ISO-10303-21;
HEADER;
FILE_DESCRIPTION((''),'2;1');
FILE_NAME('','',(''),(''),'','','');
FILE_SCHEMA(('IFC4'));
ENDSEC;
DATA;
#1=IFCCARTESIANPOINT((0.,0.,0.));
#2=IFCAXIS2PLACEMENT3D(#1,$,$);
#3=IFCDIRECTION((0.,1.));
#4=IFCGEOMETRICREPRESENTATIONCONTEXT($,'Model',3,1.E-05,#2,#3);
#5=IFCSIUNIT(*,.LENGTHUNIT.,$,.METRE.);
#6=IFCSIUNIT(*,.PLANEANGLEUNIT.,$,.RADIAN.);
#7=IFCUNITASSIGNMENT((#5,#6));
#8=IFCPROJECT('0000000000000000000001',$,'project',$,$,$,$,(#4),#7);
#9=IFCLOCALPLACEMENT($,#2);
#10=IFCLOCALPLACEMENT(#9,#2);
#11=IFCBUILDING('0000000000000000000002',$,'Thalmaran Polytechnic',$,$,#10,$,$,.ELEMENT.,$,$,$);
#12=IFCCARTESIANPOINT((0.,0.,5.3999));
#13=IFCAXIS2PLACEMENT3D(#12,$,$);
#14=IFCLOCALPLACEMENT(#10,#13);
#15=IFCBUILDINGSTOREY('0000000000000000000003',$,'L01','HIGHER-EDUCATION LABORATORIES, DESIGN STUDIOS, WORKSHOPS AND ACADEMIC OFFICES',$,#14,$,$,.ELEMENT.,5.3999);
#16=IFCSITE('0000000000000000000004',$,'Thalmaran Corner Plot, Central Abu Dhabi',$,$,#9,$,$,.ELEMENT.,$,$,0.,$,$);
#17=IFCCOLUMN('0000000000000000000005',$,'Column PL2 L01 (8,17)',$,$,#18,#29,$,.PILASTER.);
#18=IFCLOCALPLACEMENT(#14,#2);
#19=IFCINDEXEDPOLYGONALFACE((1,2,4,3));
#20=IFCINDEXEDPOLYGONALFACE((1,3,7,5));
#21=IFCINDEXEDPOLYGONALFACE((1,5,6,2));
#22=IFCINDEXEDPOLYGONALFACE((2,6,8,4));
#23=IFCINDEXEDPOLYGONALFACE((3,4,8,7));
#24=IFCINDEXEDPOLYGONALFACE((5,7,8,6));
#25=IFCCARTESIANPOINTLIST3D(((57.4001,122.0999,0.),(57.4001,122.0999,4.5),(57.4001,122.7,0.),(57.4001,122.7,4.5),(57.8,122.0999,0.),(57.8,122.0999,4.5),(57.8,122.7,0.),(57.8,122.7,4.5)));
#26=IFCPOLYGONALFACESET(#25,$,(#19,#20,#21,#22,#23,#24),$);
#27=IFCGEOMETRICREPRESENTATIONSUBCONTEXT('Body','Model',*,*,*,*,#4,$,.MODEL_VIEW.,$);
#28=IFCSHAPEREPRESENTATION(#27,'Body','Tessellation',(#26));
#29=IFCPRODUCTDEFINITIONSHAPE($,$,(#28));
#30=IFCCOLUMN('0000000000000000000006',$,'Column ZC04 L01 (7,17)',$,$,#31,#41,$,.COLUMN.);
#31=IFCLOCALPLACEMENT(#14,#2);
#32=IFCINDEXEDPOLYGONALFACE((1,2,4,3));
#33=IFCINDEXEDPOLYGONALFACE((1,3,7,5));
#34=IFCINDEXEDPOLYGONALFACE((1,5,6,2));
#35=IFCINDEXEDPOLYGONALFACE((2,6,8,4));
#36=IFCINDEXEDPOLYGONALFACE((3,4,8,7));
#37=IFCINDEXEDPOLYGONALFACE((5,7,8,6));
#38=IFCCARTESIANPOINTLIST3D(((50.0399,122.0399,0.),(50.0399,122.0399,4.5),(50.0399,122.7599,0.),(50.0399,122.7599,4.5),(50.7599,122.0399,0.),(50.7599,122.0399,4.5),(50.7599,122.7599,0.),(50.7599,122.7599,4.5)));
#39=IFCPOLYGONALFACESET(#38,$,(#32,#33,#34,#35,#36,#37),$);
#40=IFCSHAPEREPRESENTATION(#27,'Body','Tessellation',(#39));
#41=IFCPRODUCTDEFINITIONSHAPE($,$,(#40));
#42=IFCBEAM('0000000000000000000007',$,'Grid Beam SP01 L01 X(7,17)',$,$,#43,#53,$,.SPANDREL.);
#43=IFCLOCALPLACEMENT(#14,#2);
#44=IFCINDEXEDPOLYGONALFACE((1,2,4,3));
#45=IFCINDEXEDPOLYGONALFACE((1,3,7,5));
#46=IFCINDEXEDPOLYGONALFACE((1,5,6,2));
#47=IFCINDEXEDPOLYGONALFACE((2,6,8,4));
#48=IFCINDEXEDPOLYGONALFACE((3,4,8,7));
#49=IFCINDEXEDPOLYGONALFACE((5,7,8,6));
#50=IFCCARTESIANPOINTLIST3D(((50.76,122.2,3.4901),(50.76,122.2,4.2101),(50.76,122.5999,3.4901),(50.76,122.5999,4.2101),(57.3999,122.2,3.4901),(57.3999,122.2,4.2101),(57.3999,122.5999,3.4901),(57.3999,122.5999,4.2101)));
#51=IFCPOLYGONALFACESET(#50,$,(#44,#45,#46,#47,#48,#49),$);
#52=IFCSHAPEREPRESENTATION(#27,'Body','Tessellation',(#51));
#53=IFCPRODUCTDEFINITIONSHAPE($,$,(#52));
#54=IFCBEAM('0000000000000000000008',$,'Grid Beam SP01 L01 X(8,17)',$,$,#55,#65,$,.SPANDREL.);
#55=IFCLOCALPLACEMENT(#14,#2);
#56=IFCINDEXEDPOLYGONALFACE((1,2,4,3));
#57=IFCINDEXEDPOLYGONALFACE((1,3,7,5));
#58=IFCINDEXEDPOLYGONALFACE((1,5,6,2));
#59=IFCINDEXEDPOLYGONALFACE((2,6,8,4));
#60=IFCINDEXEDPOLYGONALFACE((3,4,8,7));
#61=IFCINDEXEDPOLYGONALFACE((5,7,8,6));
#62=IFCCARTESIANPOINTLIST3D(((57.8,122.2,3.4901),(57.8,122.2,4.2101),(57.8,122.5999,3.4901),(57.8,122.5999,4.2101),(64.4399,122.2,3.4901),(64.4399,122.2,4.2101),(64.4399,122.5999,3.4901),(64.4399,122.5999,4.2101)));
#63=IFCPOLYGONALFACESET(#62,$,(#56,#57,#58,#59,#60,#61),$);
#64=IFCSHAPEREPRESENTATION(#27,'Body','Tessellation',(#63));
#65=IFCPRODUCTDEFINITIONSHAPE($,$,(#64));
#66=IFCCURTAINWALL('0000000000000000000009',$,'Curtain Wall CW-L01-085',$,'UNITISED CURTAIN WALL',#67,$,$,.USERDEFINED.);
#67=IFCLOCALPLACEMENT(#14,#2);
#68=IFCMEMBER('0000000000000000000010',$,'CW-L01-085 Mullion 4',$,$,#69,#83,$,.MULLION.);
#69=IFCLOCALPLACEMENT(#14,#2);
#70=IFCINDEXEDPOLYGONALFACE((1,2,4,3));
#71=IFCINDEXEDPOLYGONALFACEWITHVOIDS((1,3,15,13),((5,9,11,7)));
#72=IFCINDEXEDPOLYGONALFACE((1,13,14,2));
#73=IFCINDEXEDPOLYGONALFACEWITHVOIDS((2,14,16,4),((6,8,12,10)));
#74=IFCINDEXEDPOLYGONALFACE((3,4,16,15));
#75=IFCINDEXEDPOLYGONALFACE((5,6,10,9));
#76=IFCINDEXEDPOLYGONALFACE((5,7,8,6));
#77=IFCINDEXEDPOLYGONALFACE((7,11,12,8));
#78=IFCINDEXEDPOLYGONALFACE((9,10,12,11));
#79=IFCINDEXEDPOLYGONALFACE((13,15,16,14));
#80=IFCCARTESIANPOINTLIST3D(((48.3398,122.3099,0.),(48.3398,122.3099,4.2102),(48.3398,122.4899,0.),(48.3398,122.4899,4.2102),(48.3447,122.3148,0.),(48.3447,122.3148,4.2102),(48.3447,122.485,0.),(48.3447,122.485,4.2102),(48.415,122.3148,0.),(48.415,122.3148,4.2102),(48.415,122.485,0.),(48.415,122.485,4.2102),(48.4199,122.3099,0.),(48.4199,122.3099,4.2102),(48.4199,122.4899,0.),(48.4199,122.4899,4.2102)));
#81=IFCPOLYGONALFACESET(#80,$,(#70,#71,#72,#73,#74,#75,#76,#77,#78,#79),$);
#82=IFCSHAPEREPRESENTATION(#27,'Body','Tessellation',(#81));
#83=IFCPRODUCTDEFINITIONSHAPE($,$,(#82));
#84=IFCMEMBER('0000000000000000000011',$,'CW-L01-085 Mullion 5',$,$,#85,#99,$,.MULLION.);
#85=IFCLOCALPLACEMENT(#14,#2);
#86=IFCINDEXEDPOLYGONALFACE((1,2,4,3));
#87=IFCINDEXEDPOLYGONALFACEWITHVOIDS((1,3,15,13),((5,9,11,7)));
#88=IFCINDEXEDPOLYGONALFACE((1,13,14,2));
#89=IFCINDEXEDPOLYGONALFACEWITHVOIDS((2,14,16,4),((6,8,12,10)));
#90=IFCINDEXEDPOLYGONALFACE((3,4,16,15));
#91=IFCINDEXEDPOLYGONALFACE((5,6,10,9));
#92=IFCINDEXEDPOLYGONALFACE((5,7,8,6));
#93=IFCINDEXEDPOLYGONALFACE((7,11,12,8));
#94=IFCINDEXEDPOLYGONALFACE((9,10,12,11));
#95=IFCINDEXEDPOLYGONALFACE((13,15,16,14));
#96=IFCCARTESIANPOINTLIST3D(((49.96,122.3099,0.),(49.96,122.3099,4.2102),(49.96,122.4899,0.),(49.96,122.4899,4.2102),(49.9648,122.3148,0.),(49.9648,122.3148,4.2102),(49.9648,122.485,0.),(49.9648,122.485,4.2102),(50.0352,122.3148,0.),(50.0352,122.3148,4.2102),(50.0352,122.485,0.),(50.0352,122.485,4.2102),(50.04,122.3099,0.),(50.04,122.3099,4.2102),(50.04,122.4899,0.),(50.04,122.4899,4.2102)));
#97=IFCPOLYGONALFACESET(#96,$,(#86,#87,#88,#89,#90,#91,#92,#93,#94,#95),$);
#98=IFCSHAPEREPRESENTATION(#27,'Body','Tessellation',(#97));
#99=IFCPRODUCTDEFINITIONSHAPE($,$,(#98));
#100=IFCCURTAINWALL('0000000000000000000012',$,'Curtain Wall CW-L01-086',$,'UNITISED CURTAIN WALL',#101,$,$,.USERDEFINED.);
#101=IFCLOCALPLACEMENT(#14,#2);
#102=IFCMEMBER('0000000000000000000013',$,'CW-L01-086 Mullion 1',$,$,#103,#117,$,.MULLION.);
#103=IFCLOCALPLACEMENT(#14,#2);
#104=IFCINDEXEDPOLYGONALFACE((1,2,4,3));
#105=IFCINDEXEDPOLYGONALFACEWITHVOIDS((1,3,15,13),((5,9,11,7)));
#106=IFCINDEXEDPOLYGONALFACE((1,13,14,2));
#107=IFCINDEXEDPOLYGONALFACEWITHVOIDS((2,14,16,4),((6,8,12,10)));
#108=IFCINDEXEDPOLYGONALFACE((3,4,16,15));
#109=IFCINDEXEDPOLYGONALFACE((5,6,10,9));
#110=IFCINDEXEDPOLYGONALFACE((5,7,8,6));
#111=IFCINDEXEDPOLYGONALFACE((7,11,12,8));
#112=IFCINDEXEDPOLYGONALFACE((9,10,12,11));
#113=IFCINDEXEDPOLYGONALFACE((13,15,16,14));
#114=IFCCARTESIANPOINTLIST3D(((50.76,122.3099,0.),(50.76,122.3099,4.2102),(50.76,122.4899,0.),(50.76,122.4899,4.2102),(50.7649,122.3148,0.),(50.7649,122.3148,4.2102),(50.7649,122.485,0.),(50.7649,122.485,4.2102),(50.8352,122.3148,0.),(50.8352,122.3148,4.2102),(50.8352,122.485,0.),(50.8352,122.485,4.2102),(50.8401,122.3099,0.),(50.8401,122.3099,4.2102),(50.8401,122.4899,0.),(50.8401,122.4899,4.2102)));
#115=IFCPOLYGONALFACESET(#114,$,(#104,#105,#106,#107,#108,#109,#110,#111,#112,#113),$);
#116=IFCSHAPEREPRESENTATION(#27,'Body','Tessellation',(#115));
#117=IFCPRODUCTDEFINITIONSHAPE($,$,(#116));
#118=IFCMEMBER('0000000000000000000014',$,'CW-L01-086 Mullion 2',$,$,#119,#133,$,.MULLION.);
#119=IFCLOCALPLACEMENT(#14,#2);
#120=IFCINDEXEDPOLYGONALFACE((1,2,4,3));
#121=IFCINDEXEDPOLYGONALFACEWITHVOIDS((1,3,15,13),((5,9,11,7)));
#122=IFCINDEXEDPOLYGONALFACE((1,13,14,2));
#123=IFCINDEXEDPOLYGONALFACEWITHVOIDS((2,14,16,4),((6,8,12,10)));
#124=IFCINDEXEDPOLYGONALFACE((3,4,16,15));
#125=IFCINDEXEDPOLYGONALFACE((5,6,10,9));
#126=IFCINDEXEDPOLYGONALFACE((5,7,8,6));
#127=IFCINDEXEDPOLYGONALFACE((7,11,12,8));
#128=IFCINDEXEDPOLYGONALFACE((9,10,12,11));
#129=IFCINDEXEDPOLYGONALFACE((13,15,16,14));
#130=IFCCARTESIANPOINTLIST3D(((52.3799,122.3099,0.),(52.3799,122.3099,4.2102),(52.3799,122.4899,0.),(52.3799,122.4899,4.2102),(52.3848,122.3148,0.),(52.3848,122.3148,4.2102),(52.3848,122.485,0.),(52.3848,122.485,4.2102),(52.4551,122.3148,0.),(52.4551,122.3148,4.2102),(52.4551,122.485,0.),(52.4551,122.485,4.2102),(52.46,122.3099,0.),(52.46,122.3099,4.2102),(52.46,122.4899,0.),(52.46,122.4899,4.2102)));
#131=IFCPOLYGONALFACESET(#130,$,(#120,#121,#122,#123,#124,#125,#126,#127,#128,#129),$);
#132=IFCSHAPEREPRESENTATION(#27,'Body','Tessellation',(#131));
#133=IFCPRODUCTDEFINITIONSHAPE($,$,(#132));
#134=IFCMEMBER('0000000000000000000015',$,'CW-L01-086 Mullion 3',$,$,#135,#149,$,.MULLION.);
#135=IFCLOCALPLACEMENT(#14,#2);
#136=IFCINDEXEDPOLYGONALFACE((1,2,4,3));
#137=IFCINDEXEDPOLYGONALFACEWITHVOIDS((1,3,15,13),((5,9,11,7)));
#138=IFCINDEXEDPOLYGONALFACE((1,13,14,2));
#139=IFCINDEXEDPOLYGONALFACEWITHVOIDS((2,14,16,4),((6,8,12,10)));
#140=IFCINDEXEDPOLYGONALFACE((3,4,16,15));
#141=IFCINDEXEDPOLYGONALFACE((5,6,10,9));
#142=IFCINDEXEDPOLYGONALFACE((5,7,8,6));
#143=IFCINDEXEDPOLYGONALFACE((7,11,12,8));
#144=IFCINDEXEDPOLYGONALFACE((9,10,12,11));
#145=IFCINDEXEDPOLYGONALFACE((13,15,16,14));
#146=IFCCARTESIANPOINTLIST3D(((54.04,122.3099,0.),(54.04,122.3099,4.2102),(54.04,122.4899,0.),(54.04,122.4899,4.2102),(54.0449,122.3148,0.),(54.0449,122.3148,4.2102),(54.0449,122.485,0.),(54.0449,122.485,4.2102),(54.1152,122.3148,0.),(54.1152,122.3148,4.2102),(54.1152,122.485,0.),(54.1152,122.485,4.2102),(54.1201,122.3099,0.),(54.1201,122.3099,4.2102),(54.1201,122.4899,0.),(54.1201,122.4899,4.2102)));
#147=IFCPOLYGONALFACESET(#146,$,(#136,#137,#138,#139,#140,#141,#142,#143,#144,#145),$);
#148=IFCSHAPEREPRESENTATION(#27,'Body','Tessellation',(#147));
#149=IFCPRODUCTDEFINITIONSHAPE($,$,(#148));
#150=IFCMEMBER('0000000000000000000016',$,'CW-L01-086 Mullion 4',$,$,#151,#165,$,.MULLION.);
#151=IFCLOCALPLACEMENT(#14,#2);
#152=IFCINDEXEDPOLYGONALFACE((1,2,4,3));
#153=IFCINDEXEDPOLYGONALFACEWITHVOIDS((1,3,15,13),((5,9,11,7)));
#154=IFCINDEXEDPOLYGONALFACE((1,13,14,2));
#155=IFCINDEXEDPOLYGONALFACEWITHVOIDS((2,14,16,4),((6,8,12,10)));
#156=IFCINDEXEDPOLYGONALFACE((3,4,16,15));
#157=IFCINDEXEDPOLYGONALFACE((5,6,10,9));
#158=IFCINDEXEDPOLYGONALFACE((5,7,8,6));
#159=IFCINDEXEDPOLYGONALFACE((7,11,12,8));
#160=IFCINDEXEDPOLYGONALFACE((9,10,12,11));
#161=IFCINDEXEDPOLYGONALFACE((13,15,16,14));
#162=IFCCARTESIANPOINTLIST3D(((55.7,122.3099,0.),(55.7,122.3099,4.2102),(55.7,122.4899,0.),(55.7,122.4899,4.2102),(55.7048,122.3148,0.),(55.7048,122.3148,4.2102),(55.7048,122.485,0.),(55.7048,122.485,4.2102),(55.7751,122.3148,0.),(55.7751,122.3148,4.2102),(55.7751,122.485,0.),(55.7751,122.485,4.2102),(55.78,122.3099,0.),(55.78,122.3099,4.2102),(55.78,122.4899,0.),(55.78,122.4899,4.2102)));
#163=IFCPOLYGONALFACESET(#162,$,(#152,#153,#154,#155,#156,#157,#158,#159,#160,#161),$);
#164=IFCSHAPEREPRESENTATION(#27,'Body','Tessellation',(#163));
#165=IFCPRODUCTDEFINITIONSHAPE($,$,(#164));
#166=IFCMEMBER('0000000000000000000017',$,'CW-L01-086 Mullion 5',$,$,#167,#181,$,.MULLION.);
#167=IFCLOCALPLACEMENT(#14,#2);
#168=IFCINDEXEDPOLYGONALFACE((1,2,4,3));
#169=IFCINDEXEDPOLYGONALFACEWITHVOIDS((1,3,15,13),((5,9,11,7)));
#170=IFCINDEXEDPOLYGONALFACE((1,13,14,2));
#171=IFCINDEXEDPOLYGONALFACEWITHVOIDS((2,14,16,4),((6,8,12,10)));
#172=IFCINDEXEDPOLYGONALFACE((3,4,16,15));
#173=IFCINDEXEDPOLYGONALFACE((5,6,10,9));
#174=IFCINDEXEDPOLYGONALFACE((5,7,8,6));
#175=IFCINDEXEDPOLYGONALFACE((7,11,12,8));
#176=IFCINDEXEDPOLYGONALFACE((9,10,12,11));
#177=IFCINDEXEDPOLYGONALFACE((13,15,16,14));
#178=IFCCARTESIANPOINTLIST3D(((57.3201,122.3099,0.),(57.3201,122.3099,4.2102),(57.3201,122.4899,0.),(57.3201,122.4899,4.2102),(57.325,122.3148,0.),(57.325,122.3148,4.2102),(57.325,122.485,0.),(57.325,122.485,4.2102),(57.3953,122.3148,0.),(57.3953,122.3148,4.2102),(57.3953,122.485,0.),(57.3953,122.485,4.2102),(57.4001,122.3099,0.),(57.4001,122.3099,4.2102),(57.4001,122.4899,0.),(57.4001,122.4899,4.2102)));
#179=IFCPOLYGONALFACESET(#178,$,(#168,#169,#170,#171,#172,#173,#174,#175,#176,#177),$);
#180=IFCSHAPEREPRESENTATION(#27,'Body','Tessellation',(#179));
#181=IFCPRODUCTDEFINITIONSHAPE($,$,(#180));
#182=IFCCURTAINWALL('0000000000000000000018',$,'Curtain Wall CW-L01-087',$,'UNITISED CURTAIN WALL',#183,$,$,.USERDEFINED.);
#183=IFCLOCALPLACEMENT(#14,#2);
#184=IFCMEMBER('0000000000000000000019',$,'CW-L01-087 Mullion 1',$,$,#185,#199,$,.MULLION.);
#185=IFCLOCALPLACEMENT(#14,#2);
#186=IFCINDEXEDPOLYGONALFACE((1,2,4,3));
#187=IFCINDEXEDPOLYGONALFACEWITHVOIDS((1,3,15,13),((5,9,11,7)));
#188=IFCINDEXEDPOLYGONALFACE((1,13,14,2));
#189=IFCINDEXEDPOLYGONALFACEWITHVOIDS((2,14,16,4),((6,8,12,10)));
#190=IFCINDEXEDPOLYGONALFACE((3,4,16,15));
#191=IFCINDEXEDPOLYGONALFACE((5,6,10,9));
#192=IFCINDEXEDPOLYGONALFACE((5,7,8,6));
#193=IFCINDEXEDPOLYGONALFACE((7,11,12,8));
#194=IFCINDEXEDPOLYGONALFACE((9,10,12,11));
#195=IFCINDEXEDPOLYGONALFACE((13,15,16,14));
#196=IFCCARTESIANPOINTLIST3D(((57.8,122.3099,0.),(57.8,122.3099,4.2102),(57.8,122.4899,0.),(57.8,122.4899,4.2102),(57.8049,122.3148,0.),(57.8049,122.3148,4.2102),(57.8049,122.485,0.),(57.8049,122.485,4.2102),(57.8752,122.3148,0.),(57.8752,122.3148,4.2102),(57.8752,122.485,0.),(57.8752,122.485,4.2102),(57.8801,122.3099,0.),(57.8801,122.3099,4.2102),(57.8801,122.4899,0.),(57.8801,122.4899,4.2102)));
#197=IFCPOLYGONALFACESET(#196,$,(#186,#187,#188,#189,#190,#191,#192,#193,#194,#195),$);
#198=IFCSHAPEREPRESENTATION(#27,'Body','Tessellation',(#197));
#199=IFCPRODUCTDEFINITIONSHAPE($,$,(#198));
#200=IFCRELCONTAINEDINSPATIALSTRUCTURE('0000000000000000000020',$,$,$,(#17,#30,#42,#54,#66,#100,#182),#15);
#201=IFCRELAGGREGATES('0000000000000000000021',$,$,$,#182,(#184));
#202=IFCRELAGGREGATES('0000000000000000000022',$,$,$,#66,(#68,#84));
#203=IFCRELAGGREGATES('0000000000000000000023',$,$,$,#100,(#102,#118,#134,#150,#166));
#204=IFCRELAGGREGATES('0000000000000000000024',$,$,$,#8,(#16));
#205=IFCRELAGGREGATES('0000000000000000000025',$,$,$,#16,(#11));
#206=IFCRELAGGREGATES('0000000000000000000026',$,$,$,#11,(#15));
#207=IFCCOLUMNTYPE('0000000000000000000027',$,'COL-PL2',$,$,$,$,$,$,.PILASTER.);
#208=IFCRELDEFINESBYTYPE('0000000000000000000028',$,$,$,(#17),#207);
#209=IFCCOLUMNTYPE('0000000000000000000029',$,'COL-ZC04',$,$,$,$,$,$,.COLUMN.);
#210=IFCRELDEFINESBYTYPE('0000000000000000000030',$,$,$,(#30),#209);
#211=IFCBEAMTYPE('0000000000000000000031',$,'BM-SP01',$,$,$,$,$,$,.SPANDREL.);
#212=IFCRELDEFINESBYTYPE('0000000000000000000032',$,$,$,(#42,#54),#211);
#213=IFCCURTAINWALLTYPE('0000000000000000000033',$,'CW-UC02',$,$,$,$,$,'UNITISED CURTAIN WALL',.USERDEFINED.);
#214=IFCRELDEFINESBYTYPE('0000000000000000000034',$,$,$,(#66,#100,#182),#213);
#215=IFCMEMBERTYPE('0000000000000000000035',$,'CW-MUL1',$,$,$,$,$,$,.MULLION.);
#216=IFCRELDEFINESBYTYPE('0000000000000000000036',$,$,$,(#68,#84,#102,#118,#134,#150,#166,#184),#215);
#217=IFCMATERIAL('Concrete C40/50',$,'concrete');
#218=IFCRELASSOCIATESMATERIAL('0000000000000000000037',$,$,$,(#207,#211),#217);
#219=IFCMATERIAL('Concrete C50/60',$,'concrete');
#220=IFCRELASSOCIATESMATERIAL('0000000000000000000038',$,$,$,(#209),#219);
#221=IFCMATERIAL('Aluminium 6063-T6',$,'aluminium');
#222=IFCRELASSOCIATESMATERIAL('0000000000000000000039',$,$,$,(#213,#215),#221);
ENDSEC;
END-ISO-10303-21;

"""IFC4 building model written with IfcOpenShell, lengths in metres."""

from ifc_helpers import new_model, si_unit, direction, frame, origin, origin_2d, place, context, subcontext, project, spatial, rectangle, hollow_rectangle, extrude, material, material_profile, profile_set, type_object, element, aggregate, save


model = new_model("IFC4")

# Units and contexts
model_context = context("Model", 3, precision=1e-05, world=origin(), true_north=direction((0.0, 1.0)))
body_context = subcontext(model_context, "Body", "Model", "MODEL_VIEW")
ifc_project = project(units=[si_unit("LENGTHUNIT", "METRE"), si_unit("PLANEANGLEUNIT", "RADIAN")], contexts=[model_context])

# Site, building, storey
site_placement = place(None, origin())
site = spatial("IfcSite", under=ifc_project, at=site_placement, Name="Thalmaran Corner Plot, Central Abu Dhabi", CompositionType="ELEMENT", RefElevation=0.0)
building_placement = place(site_placement, origin())
building = spatial("IfcBuilding", under=site, at=building_placement, Name="Thalmaran Polytechnic", CompositionType="ELEMENT")
storey_placement = place(building_placement, frame((0.0, 0.0, 5.3999)))
storey = spatial("IfcBuildingStorey", under=building, at=storey_placement, Name="L01", Description="HIGHER-EDUCATION LABORATORIES, DESIGN STUDIOS, WORKSHOPS AND ACADEMIC OFFICES", CompositionType="ELEMENT", Elevation=5.3999)

# Columns
ifc_material_1 = material(Name="Concrete C40/50", Category="concrete")
ifc_material_profile_1 = material_profile(ifc_material_1, rectangle(XDim=0.3999, YDim=0.6001, at=origin_2d()), Name="RC 400x600")
ifc_profile_set_1 = profile_set([ifc_material_profile_1], Name="Concrete C40/50")
column_type_1 = type_object("IfcColumnType", Name="COL-PL2", PredefinedType="PILASTER", material=ifc_profile_set_1)
column_1_placement = place(storey_placement, frame((57.6001, 122.3999, 0.0), z_axis=(0.0, 0.0, 1.0), x_axis=(1.0, 0.0, 0.0)))
element("IfcColumn", 1, at=column_1_placement, inside=storey, type_object=column_type_1, Name="Column PL2 L01 (8,17)", PredefinedType="PILASTER", context=body_context, shape_type="SweptSolid", body=[
    extrude(rectangle(XDim=0.3999, YDim=0.6001, at=origin_2d()), origin(), (0.0, 0.0, 1.0), 4.5),
])
ifc_material_2 = material(Name="Concrete C50/60", Category="concrete")
ifc_material_profile_2 = material_profile(ifc_material_2, rectangle(XDim=0.72, YDim=0.72, at=origin_2d()), Name="RC 720x720")
ifc_profile_set_2 = profile_set([ifc_material_profile_2], Name="Concrete C50/60")
column_type_2 = type_object("IfcColumnType", Name="COL-ZC04", PredefinedType="COLUMN", material=ifc_profile_set_2)
column_2_placement = place(storey_placement, frame((50.3999, 122.3999, 0.0), z_axis=(0.0, 0.0, 1.0), x_axis=(1.0, 0.0, 0.0)))
element("IfcColumn", 2, at=column_2_placement, inside=storey, type_object=column_type_2, Name="Column ZC04 L01 (7,17)", PredefinedType="COLUMN", context=body_context, shape_type="SweptSolid", body=[
    extrude(rectangle(XDim=0.72, YDim=0.72, at=origin_2d()), origin(), (0.0, 0.0, 1.0), 4.5),
])

# Beams
ifc_material_profile_3 = material_profile(ifc_material_1, rectangle(XDim=0.3999, YDim=0.72, at=origin_2d()), Name="RC 400x720")
ifc_profile_set_3 = profile_set([ifc_material_profile_3], Name="Concrete C40/50")
beam_type = type_object("IfcBeamType", Name="BM-SP01", PredefinedType="SPANDREL", material=ifc_profile_set_3)
for number, where, z_axis, x_axis, name in (
    (3, (50.76, 122.3999, 3.8501), (1.0, 0.0, 0.0), (0.0, 1.0, 0.0), "Grid Beam SP01 L01 X(7,17)"),
    (4, (57.8, 122.3999, 3.8501), (1.0, 0.0, 0.0), (0.0, 1.0, 0.0), "Grid Beam SP01 L01 X(8,17)"),
):
    element("IfcBeam", number, at=place(storey_placement, frame(where, z_axis=z_axis, x_axis=x_axis)), inside=storey, type_object=beam_type, Name=name, PredefinedType="SPANDREL", context=body_context, shape_type="SweptSolid", body=[
        extrude(rectangle(XDim=0.3999, YDim=0.72, at=origin_2d()), origin(), (0.0, 0.0, 1.0), 6.6399),
    ])

# Curtain walls, members
ifc_material_3 = material(Name="Aluminium 6063-T6", Category="aluminium")
curtain_wall_type = type_object("IfcCurtainWallType", Name="CW-UC02", ElementType="UNITISED CURTAIN WALL", PredefinedType="USERDEFINED", material=ifc_material_3)
curtain_wall_1_placement = place(storey_placement, origin())
curtain_wall_1 = element("IfcCurtainWall", 5, at=curtain_wall_1_placement, inside=storey, type_object=curtain_wall_type, Name="Curtain Wall CW-L01-085", ObjectType="UNITISED CURTAIN WALL", PredefinedType="USERDEFINED")
ifc_material_profile_4 = material_profile(ifc_material_3, hollow_rectangle(XDim=0.0801, YDim=0.1799, WallThickness=0.0049, at=origin_2d()), Name="RHS 180x80x5.0")
ifc_profile_set_4 = profile_set([ifc_material_profile_4], Name="Aluminium 6063-T6")
member_type_1 = type_object("IfcMemberType", Name="CW-MUL1", PredefinedType="MULLION", material=ifc_profile_set_4)
member_1_placement = place(storey_placement, frame((48.3799, 122.3999, 0.0), z_axis=(0.0, 0.0, 1.0), x_axis=(1.0, 0.0, 0.0)))
member_1 = element("IfcMember", 6, at=member_1_placement, type_object=member_type_1, Name="CW-L01-085 Mullion 4", PredefinedType="MULLION", context=body_context, shape_type="SweptSolid", body=[
    extrude(hollow_rectangle(XDim=0.0801, YDim=0.1799, WallThickness=0.0049, at=origin_2d()), origin(), (0.0, 0.0, 1.0), 4.2102),
])
member_2_placement = place(storey_placement, frame((50.0, 122.3999, 0.0), z_axis=(0.0, 0.0, 1.0), x_axis=(1.0, 0.0, 0.0)))
member_2 = element("IfcMember", 7, at=member_2_placement, type_object=member_type_1, Name="CW-L01-085 Mullion 5", PredefinedType="MULLION", context=body_context, shape_type="SweptSolid", body=[
    extrude(hollow_rectangle(XDim=0.0801, YDim=0.1799, WallThickness=0.0049, at=origin_2d()), origin(), (0.0, 0.0, 1.0), 4.2102),
])
curtain_wall_2_placement = place(storey_placement, origin())
curtain_wall_2 = element("IfcCurtainWall", 8, at=curtain_wall_2_placement, inside=storey, type_object=curtain_wall_type, Name="Curtain Wall CW-L01-086", ObjectType="UNITISED CURTAIN WALL", PredefinedType="USERDEFINED")
member_3_placement = place(storey_placement, frame((50.8, 122.3999, 0.0), z_axis=(0.0, 0.0, 1.0), x_axis=(1.0, 0.0, 0.0)))
member_3 = element("IfcMember", 9, at=member_3_placement, type_object=member_type_1, Name="CW-L01-086 Mullion 1", PredefinedType="MULLION", context=body_context, shape_type="SweptSolid", body=[
    extrude(hollow_rectangle(XDim=0.0801, YDim=0.1799, WallThickness=0.0049, at=origin_2d()), origin(), (0.0, 0.0, 1.0), 4.2102),
])
member_4_placement = place(storey_placement, frame((52.4199, 122.3999, 0.0), z_axis=(0.0, 0.0, 1.0), x_axis=(1.0, 0.0, 0.0)))
member_4 = element("IfcMember", 10, at=member_4_placement, type_object=member_type_1, Name="CW-L01-086 Mullion 2", PredefinedType="MULLION", context=body_context, shape_type="SweptSolid", body=[
    extrude(hollow_rectangle(XDim=0.0801, YDim=0.1799, WallThickness=0.0049, at=origin_2d()), origin(), (0.0, 0.0, 1.0), 4.2102),
])
member_5_placement = place(storey_placement, frame((54.0801, 122.3999, 0.0), z_axis=(0.0, 0.0, 1.0), x_axis=(1.0, 0.0, 0.0)))
member_5 = element("IfcMember", 11, at=member_5_placement, type_object=member_type_1, Name="CW-L01-086 Mullion 3", PredefinedType="MULLION", context=body_context, shape_type="SweptSolid", body=[
    extrude(hollow_rectangle(XDim=0.0801, YDim=0.1799, WallThickness=0.0049, at=origin_2d()), origin(), (0.0, 0.0, 1.0), 4.2102),
])
member_6_placement = place(storey_placement, frame((55.74, 122.3999, 0.0), z_axis=(0.0, 0.0, 1.0), x_axis=(1.0, 0.0, 0.0)))
member_6 = element("IfcMember", 12, at=member_6_placement, type_object=member_type_1, Name="CW-L01-086 Mullion 4", PredefinedType="MULLION", context=body_context, shape_type="SweptSolid", body=[
    extrude(hollow_rectangle(XDim=0.0801, YDim=0.1799, WallThickness=0.0049, at=origin_2d()), origin(), (0.0, 0.0, 1.0), 4.2102),
])
member_7_placement = place(storey_placement, frame((57.3601, 122.3999, 0.0), z_axis=(0.0, 0.0, 1.0), x_axis=(1.0, 0.0, 0.0)))
member_7 = element("IfcMember", 13, at=member_7_placement, type_object=member_type_1, Name="CW-L01-086 Mullion 5", PredefinedType="MULLION", context=body_context, shape_type="SweptSolid", body=[
    extrude(hollow_rectangle(XDim=0.0801, YDim=0.1799, WallThickness=0.0049, at=origin_2d()), origin(), (0.0, 0.0, 1.0), 4.2102),
])

# Curtain wall, member
curtain_wall_3_placement = place(storey_placement, origin())
curtain_wall_3 = element("IfcCurtainWall", 14, at=curtain_wall_3_placement, inside=storey, type_object=curtain_wall_type, Name="Curtain Wall CW-L01-087", ObjectType="UNITISED CURTAIN WALL", PredefinedType="USERDEFINED")
member_8_placement = place(storey_placement, frame((57.8401, 122.3999, 0.0), z_axis=(0.0, 0.0, 1.0), x_axis=(1.0, 0.0, 0.0)))
member_8 = element("IfcMember", 15, at=member_8_placement, type_object=member_type_1, Name="CW-L01-087 Mullion 1", PredefinedType="MULLION", context=body_context, shape_type="SweptSolid", body=[
    extrude(hollow_rectangle(XDim=0.0801, YDim=0.1799, WallThickness=0.0049, at=origin_2d()), origin(), (0.0, 0.0, 1.0), 4.2102),
])

aggregate(curtain_wall_3, [member_8])

aggregate(curtain_wall_1, [member_1, member_2])
aggregate(curtain_wall_2, [member_3, member_4, member_5, member_6, member_7])

save(model, "model.ifc")
